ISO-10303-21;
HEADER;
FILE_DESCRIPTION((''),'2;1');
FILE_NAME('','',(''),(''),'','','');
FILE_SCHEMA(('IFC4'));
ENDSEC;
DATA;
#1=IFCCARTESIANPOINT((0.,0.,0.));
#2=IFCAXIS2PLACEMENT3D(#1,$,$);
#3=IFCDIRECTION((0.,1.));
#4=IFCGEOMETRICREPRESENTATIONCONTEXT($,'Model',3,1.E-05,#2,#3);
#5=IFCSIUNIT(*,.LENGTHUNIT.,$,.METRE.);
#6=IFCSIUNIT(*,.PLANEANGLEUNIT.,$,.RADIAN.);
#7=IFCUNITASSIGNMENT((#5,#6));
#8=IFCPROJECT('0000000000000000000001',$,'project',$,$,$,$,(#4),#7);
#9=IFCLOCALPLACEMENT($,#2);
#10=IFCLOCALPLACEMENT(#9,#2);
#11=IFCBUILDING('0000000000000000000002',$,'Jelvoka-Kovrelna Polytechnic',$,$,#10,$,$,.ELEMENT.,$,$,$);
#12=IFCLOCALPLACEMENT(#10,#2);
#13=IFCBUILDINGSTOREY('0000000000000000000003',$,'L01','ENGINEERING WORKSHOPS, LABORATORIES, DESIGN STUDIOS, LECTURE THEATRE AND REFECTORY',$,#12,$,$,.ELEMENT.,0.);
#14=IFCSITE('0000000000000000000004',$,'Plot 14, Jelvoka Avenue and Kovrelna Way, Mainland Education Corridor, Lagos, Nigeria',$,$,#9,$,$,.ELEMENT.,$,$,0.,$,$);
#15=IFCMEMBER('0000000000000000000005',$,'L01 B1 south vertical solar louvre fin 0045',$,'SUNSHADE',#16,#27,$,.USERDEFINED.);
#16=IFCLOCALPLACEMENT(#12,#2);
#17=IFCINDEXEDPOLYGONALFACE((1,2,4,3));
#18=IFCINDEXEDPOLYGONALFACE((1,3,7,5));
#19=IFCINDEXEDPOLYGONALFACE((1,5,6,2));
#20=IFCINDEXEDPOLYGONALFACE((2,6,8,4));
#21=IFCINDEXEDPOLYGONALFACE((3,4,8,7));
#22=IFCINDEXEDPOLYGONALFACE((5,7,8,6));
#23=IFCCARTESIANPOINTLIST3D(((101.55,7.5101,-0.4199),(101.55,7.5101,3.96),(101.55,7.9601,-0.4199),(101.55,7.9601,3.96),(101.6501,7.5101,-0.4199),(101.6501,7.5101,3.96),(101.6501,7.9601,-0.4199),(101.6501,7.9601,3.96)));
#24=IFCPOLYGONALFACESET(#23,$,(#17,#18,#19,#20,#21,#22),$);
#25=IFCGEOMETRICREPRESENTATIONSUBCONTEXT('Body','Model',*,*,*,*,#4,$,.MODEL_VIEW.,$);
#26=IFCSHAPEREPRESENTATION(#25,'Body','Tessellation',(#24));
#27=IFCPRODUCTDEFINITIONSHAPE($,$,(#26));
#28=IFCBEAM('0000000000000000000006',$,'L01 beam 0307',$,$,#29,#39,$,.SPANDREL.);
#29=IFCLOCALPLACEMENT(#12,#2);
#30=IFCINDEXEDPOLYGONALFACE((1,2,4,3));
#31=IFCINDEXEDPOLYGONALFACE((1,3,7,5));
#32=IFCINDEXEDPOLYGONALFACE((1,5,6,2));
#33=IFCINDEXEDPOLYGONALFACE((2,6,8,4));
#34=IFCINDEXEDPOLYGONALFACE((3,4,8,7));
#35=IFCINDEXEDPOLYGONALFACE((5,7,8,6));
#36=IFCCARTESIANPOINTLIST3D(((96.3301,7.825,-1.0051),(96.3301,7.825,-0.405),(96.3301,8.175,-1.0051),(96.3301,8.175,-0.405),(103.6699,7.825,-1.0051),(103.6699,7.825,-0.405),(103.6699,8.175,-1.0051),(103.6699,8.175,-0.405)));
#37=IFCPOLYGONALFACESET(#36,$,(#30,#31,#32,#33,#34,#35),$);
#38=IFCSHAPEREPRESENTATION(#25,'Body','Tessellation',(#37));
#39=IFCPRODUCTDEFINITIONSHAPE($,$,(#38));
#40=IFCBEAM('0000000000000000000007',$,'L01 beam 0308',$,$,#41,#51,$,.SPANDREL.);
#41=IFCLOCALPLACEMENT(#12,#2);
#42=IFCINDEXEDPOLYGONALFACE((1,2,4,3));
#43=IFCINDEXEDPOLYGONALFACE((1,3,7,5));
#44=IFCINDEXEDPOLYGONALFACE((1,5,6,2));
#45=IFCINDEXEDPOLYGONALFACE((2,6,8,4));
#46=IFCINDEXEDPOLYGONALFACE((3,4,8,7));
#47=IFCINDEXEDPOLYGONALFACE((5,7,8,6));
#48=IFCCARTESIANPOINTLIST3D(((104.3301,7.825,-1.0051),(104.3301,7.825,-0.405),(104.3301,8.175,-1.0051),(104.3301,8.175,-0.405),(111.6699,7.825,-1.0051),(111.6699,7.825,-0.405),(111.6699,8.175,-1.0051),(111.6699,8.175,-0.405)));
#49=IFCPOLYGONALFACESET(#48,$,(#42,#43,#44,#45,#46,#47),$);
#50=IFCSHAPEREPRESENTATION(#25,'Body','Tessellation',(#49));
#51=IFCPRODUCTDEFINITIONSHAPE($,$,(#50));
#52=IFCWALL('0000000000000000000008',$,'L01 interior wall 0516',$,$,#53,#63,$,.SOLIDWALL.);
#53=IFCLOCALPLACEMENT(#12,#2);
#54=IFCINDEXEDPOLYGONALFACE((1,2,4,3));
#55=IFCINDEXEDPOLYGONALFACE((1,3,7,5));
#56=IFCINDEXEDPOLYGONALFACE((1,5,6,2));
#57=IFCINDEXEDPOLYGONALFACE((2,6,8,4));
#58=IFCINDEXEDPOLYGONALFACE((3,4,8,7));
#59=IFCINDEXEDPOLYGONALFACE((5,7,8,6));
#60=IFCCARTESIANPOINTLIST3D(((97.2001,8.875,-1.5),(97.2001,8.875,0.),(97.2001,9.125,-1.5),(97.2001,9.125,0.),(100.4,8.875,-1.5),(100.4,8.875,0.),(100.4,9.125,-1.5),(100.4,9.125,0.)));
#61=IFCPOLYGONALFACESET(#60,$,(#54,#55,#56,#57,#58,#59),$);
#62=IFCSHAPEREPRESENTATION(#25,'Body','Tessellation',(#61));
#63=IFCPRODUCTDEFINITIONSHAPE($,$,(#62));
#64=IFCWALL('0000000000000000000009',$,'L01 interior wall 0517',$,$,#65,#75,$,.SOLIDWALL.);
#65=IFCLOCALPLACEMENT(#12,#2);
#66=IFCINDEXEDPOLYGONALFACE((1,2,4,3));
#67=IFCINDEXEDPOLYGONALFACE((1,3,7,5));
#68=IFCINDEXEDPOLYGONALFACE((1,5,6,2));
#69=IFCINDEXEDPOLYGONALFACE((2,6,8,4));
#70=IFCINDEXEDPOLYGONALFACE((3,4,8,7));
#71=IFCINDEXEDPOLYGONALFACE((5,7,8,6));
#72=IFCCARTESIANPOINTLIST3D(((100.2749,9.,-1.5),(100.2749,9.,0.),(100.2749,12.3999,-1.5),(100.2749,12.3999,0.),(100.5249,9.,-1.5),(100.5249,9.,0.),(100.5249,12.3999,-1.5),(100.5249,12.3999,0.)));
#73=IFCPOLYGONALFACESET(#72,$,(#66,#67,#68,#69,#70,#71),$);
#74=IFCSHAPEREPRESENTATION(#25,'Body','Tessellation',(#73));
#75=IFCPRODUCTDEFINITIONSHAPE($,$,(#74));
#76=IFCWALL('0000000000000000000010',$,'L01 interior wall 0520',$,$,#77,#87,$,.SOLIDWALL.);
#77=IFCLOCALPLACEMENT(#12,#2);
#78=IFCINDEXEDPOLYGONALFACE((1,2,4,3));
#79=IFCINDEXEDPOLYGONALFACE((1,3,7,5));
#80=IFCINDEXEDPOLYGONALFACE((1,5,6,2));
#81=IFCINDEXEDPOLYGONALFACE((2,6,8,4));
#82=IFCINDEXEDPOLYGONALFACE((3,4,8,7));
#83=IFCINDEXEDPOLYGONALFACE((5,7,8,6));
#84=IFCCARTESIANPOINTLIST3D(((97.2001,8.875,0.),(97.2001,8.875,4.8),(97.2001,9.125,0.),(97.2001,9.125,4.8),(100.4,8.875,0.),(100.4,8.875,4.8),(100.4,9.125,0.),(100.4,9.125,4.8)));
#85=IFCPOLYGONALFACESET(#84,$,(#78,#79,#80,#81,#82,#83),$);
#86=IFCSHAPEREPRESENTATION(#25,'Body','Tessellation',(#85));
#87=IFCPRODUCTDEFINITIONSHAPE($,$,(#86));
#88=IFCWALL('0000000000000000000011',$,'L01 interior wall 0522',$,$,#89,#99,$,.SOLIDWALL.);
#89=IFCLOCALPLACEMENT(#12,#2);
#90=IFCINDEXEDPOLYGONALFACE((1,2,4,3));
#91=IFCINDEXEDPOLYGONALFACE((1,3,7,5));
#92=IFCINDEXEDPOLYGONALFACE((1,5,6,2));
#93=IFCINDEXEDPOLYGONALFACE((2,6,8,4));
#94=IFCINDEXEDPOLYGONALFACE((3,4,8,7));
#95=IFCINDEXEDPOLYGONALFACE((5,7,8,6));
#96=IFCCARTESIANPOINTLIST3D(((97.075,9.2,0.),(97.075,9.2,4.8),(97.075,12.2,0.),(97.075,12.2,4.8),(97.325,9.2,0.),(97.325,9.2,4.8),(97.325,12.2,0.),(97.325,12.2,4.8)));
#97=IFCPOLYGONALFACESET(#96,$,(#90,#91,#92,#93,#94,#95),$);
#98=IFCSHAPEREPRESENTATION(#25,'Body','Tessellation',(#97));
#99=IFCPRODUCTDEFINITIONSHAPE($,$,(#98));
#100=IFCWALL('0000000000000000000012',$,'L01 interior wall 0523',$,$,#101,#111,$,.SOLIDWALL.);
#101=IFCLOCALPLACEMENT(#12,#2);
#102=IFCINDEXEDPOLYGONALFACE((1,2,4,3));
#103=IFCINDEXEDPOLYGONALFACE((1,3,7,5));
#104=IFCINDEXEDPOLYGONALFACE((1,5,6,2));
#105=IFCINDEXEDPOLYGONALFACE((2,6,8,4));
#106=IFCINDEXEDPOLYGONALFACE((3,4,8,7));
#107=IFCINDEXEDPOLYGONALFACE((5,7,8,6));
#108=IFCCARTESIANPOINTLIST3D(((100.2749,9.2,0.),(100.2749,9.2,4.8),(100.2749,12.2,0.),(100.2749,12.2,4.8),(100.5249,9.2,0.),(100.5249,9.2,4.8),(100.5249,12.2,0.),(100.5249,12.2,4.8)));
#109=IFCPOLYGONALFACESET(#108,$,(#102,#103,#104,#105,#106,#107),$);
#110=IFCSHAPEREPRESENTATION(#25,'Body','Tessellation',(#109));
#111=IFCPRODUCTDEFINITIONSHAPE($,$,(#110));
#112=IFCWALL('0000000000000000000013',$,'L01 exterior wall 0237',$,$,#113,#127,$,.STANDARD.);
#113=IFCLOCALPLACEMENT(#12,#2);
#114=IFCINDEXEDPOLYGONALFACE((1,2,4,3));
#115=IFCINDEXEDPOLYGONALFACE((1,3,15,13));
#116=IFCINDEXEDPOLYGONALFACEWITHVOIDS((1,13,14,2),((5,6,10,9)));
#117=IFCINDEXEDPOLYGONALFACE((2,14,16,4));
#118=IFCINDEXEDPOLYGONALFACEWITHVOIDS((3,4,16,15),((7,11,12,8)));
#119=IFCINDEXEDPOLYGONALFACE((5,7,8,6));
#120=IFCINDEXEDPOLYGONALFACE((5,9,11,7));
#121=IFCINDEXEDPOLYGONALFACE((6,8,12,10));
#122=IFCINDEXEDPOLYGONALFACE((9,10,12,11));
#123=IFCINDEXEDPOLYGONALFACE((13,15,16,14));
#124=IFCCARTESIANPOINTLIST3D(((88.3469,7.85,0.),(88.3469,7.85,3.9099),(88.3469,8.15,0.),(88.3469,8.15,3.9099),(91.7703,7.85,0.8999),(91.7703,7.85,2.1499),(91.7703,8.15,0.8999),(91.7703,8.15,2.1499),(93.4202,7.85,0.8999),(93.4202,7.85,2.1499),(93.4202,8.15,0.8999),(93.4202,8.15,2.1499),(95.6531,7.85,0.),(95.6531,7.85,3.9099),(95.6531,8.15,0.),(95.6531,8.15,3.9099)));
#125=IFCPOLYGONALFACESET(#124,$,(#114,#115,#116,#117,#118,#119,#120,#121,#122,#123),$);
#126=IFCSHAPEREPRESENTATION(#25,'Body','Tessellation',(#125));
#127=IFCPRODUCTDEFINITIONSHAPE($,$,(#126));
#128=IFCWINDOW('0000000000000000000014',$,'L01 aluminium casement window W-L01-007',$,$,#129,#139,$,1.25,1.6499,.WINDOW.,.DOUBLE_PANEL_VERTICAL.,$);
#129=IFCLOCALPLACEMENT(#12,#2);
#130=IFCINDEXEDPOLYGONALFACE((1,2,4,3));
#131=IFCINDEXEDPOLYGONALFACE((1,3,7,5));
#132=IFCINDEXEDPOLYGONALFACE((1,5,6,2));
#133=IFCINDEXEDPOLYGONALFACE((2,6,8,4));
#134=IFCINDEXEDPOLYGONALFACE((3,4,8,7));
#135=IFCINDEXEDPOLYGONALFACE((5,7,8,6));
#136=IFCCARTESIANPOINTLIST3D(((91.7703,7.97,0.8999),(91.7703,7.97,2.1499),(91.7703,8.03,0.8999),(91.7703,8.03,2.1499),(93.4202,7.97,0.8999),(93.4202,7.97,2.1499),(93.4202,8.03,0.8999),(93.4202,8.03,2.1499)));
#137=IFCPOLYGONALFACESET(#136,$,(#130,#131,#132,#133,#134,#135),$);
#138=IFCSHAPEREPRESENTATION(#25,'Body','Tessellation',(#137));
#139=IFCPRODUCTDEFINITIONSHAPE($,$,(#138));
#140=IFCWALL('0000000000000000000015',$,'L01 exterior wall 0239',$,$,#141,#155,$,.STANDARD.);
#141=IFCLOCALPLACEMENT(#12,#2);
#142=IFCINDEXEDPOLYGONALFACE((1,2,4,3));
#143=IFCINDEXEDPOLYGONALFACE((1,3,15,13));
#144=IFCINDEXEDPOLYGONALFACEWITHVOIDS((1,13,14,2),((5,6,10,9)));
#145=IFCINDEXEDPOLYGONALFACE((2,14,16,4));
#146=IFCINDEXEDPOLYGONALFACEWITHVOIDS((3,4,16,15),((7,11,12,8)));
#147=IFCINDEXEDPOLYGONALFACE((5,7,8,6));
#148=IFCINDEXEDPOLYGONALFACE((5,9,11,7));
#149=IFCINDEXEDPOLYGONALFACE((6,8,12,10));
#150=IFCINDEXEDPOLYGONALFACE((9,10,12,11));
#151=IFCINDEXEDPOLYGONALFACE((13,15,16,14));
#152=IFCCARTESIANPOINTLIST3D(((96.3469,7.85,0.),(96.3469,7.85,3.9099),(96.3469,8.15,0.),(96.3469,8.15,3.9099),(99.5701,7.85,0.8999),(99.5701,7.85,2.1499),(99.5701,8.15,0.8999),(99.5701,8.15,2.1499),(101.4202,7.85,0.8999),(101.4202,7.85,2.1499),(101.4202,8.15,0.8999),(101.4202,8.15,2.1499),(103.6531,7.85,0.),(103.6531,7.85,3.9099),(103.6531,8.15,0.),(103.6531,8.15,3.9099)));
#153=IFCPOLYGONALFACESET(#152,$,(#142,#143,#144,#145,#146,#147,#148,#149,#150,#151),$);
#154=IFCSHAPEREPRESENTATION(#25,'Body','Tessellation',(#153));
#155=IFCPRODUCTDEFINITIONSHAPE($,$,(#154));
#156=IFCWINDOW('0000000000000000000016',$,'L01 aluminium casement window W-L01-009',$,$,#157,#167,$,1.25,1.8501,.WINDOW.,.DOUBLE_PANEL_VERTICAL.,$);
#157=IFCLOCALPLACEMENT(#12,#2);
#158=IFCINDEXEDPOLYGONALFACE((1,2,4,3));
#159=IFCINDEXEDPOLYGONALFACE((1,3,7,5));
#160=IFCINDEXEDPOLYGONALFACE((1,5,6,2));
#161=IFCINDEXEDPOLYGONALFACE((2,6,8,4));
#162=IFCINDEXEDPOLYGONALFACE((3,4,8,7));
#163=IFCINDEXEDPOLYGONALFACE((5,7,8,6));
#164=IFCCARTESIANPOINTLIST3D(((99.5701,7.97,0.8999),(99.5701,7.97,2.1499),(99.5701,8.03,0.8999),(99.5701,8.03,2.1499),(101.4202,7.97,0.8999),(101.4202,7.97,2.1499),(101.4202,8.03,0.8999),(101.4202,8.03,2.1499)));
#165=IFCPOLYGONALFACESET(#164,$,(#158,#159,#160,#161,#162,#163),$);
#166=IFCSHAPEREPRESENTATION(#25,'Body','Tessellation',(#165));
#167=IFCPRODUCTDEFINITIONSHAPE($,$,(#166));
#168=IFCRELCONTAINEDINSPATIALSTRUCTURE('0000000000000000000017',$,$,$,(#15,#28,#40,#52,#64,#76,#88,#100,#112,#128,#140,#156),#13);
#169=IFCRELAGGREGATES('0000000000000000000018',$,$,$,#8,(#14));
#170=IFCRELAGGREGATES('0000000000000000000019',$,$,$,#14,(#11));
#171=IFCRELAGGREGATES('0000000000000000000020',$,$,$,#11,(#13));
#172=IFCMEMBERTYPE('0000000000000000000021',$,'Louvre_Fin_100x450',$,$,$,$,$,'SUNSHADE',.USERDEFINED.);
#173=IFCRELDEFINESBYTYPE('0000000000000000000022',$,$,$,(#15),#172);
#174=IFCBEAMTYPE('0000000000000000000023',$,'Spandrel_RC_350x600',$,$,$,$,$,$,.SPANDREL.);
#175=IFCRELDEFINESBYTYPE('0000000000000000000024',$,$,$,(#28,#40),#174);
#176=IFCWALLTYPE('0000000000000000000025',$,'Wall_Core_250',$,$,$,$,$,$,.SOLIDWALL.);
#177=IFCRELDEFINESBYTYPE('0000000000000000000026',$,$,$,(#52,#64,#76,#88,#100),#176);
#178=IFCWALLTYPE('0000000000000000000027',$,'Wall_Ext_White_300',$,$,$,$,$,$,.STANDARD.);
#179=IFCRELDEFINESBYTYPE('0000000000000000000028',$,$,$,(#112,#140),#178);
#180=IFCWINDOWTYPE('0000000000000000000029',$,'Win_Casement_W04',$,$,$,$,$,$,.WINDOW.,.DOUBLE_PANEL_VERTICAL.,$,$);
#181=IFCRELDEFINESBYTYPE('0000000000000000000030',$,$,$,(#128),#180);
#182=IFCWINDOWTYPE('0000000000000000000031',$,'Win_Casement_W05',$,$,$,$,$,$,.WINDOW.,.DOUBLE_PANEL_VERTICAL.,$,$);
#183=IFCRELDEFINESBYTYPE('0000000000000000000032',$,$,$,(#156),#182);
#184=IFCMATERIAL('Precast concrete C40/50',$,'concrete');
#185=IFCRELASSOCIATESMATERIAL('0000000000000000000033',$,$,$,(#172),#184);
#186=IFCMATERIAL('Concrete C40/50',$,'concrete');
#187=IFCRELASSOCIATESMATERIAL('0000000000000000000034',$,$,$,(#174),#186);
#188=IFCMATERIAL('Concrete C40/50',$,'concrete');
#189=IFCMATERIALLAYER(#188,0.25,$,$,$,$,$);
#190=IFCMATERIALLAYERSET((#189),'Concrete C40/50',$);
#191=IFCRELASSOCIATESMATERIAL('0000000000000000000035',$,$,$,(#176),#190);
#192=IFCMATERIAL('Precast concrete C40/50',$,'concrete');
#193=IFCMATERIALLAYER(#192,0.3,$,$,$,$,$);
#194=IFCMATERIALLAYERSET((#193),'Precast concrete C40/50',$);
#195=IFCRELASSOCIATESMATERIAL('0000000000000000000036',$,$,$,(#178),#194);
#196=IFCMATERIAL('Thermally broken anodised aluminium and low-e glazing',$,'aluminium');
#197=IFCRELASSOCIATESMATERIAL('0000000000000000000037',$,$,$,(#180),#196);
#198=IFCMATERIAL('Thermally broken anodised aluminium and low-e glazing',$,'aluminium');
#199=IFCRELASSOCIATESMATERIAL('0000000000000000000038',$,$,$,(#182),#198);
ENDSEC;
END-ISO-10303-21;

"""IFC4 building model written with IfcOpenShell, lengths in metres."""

from ifc_helpers import new_model, si_unit, direction, frame, frame_2d, origin, origin_2d, place, context, subcontext, project, spatial, rectangle, extrude, material, layer, layer_set, material_profile, profile_set, type_object, element, fill, save


model = new_model("IFC4")

# Units and contexts
model_context = context("Model", 3, precision=1e-05, world=origin(), true_north=direction((0.0, 1.0)))
body_context = subcontext(model_context, "Body", "Model", "MODEL_VIEW")
ifc_project = project(units=[si_unit("LENGTHUNIT", "METRE"), si_unit("PLANEANGLEUNIT", "RADIAN")], contexts=[model_context])

# Site, building, storey
site_placement = place(None, origin())
site = spatial("IfcSite", under=ifc_project, at=site_placement, Name="Plot 14, Jelvoka Avenue and Kovrelna Way, Mainland Education Corridor, Lagos, Nigeria", CompositionType="ELEMENT", RefElevation=0.0)
building_placement = place(site_placement, origin())
building = spatial("IfcBuilding", under=site, at=building_placement, Name="Jelvoka-Kovrelna Polytechnic", CompositionType="ELEMENT")
storey_placement = place(building_placement, origin())
storey = spatial("IfcBuildingStorey", under=building, at=storey_placement, Name="L01", Description="ENGINEERING WORKSHOPS, LABORATORIES, DESIGN STUDIOS, LECTURE THEATRE AND REFECTORY", CompositionType="ELEMENT", Elevation=0.0)

# Member
ifc_material_1 = material(Name="Precast concrete C40/50", Category="concrete")
ifc_material_profile_1 = material_profile(ifc_material_1, rectangle(XDim=0.1001, YDim=0.45, at=origin_2d()), Name="PC 100x450")
ifc_profile_set_1 = profile_set([ifc_material_profile_1], Name="Precast concrete C40/50")
member_type = type_object("IfcMemberType", Name="Louvre_Fin_100x450", ElementType="SUNSHADE", PredefinedType="USERDEFINED", material=ifc_profile_set_1)
for number, where, z_axis, x_axis, name in (
    (1, (101.6001, 7.7351, -0.4199), (0.0, 0.0, 1.0), (1.0, 0.0, 0.0), "L01 B1 south vertical solar louvre fin 0045"),
):
    element("IfcMember", number, at=place(storey_placement, frame(where, z_axis=z_axis, x_axis=x_axis)), inside=storey, type_object=member_type, Name=name, ObjectType="SUNSHADE", PredefinedType="USERDEFINED", context=body_context, shape_type="SweptSolid", body=[
        extrude(rectangle(XDim=0.1001, YDim=0.45, at=origin_2d()), origin(), (0.0, 0.0, 1.0), 4.3799),
    ])

# Beams
ifc_material_2 = material(Name="Concrete C40/50", Category="concrete")
ifc_material_profile_2 = material_profile(ifc_material_2, rectangle(XDim=0.3501, YDim=0.6001, at=origin_2d()), Name="RC 350x600")
ifc_profile_set_2 = profile_set([ifc_material_profile_2], Name="Concrete C40/50")
beam_type_1 = type_object("IfcBeamType", Name="Spandrel_RC_350x600", PredefinedType="SPANDREL", material=ifc_profile_set_2)
for number, where, z_axis, x_axis, name in (
    (2, (96.3301, 8.0, -0.7051), (1.0, 0.0, 0.0), (0.0, 1.0, 0.0), "L01 beam 0307"),
    (3, (104.3301, 8.0, -0.7051), (1.0, 0.0, 0.0), (0.0, 1.0, 0.0), "L01 beam 0308"),
):
    element("IfcBeam", number, at=place(storey_placement, frame(where, z_axis=z_axis, x_axis=x_axis)), inside=storey, type_object=beam_type_1, Name=name, PredefinedType="SPANDREL", context=body_context, shape_type="SweptSolid", body=[
        extrude(rectangle(XDim=0.3501, YDim=0.6001, at=origin_2d()), origin(), (0.0, 0.0, 1.0), 7.3398),
    ])

# Walls
ifc_material_3 = material(Name="Concrete C40/50", Category="concrete")
ifc_layer_1 = layer(ifc_material_3, 0.25)
ifc_layer_set_1 = layer_set([ifc_layer_1], Name="Concrete C40/50")
wall_type_1 = type_object("IfcWallType", Name="Wall_Core_250", PredefinedType="SOLIDWALL", material=ifc_layer_set_1)
wall_1_placement = place(storey_placement, frame((97.2, 9.0, -1.5), z_axis=(0.0, 0.0, 1.0), x_axis=(1.0, 0.0, 0.0)))
element("IfcWall", 4, at=wall_1_placement, inside=storey, type_object=wall_type_1, Name="L01 interior wall 0516", PredefinedType="SOLIDWALL", context=body_context, shape_type="SweptSolid", body=[
    extrude(rectangle(XDim=3.2, YDim=0.25, at=frame_2d((1.6001, 0.0))), origin(), (0.0, 0.0, 1.0), 1.5),
])
wall_2_placement = place(storey_placement, frame((100.3999, 9.0, -1.5), z_axis=(0.0, 0.0, 1.0), x_axis=(0.0, 1.0, 0.0)))
element("IfcWall", 5, at=wall_2_placement, inside=storey, type_object=wall_type_1, Name="L01 interior wall 0517", PredefinedType="SOLIDWALL", context=body_context, shape_type="SweptSolid", body=[
    extrude(rectangle(XDim=3.3999, YDim=0.25, at=frame_2d((1.7, 0.0))), origin(), (0.0, 0.0, 1.0), 1.5),
])
wall_3_placement = place(storey_placement, frame((97.2, 9.0, 0.0), z_axis=(0.0, 0.0, 1.0), x_axis=(1.0, 0.0, 0.0)))
element("IfcWall", 6, at=wall_3_placement, inside=storey, type_object=wall_type_1, Name="L01 interior wall 0520", PredefinedType="SOLIDWALL", context=body_context, shape_type="SweptSolid", body=[
    extrude(rectangle(XDim=3.2, YDim=0.25, at=frame_2d((1.6001, 0.0))), origin(), (0.0, 0.0, 1.0), 4.8),
])
for number, where, z_axis, x_axis, name in (
    (7, (97.2, 9.2, 0.0), (0.0, 0.0, 1.0), (0.0, 1.0, 0.0), "L01 interior wall 0522"),
    (8, (100.3999, 9.2, 0.0), (0.0, 0.0, 1.0), (0.0, 1.0, 0.0), "L01 interior wall 0523"),
):
    element("IfcWall", number, at=place(storey_placement, frame(where, z_axis=z_axis, x_axis=x_axis)), inside=storey, type_object=wall_type_1, Name=name, PredefinedType="SOLIDWALL", context=body_context, shape_type="SweptSolid", body=[
        extrude(rectangle(XDim=3.0, YDim=0.25, at=frame_2d((1.5, 0.0))), origin(), (0.0, 0.0, 1.0), 4.8),
    ])

# Walls, openings, windows
ifc_material_4 = material(Name="Precast concrete C40/50", Category="concrete")
ifc_layer_2 = layer(ifc_material_4, 0.3)
ifc_layer_set_2 = layer_set([ifc_layer_2], Name="Precast concrete C40/50")
wall_type_2 = type_object("IfcWallType", Name="Wall_Ext_White_300", PredefinedType="STANDARD", material=ifc_layer_set_2)
wall_4_placement = place(storey_placement, frame((95.6531, 8.0, 0.0), z_axis=(0.0, 0.0, 1.0), x_axis=(-1.0, 0.0, 0.0)))
wall_4 = element("IfcWall", 9, at=wall_4_placement, inside=storey, type_object=wall_type_2, Name="L01 exterior wall 0237", PredefinedType="STANDARD", context=body_context, shape_type="SweptSolid", body=[
    extrude(rectangle(XDim=7.3062, YDim=0.3, at=frame_2d((3.6531, 0.0))), origin(), (0.0, 0.0, 1.0), 3.9099),
])
opening_1_placement = place(wall_4_placement, frame((2.2329, 0.0, 0.8999)))
opening_1 = element("IfcOpeningElement", 10, at=opening_1_placement, cuts=wall_4, PredefinedType="OPENING", context=body_context, shape_type="SweptSolid", body=[
    extrude(rectangle(XDim=1.6499, YDim=1.25, at=frame_2d((0.825, 0.625))), frame((0.0, 0.1599, 0.0), z_axis=(0.0, -1.0, 0.0), x_axis=(1.0, 0.0, 0.0)), (0.0, 0.0, 1.0), 0.3201),
])
ifc_material_5 = material(Name="Thermally broken anodised aluminium and low-e glazing", Category="aluminium")
window_type_1 = type_object("IfcWindowType", Name="Win_Casement_W04", PartitioningType="DOUBLE_PANEL_VERTICAL", PredefinedType="WINDOW", material=ifc_material_5)
window_1_placement = place(opening_1_placement, origin())
window_1 = element("IfcWindow", 11, at=window_1_placement, inside=storey, type_object=window_type_1, Name="L01 aluminium casement window W-L01-007", OverallHeight=1.25, OverallWidth=1.6499, PartitioningType="DOUBLE_PANEL_VERTICAL", PredefinedType="WINDOW", context=body_context, shape_type="SweptSolid", body=[
    extrude(rectangle(XDim=1.6499, YDim=1.25, at=frame_2d((0.825, 0.625))), frame((0.0, 0.03, 0.0), z_axis=(0.0, -1.0, 0.0), x_axis=(1.0, 0.0, 0.0)), (0.0, 0.0, 1.0), 0.0601),
])
fill(opening_1, window_1)
wall_5_placement = place(storey_placement, frame((103.6531, 8.0, 0.0), z_axis=(0.0, 0.0, 1.0), x_axis=(-1.0, 0.0, 0.0)))
wall_5 = element("IfcWall", 12, at=wall_5_placement, inside=storey, type_object=wall_type_2, Name="L01 exterior wall 0239", PredefinedType="STANDARD", context=body_context, shape_type="SweptSolid", body=[
    extrude(rectangle(XDim=7.3062, YDim=0.3, at=frame_2d((3.6531, 0.0))), origin(), (0.0, 0.0, 1.0), 3.9099),
])
opening_2_placement = place(wall_5_placement, frame((2.2329, 0.0, 0.8999)))
opening_2 = element("IfcOpeningElement", 13, at=opening_2_placement, cuts=wall_5, PredefinedType="OPENING", context=body_context, shape_type="SweptSolid", body=[
    extrude(rectangle(XDim=1.8501, YDim=1.25, at=frame_2d((0.925, 0.625))), frame((0.0, 0.1599, 0.0), z_axis=(0.0, -1.0, 0.0), x_axis=(1.0, 0.0, 0.0)), (0.0, 0.0, 1.0), 0.3201),
])
ifc_material_6 = material(Name="Thermally broken anodised aluminium and low-e glazing", Category="aluminium")
window_type_2 = type_object("IfcWindowType", Name="Win_Casement_W05", PartitioningType="DOUBLE_PANEL_VERTICAL", PredefinedType="WINDOW", material=ifc_material_6)
window_2_placement = place(opening_2_placement, origin())
window_2 = element("IfcWindow", 14, at=window_2_placement, inside=storey, type_object=window_type_2, Name="L01 aluminium casement window W-L01-009", OverallHeight=1.25, OverallWidth=1.8501, PartitioningType="DOUBLE_PANEL_VERTICAL", PredefinedType="WINDOW", context=body_context, shape_type="SweptSolid", body=[
    extrude(rectangle(XDim=1.8501, YDim=1.25, at=frame_2d((0.925, 0.625))), frame((0.0, 0.03, 0.0), z_axis=(0.0, -1.0, 0.0), x_axis=(1.0, 0.0, 0.0)), (0.0, 0.0, 1.0), 0.0601),
])
fill(opening_2, window_2)

save(model, "model.ifc")
